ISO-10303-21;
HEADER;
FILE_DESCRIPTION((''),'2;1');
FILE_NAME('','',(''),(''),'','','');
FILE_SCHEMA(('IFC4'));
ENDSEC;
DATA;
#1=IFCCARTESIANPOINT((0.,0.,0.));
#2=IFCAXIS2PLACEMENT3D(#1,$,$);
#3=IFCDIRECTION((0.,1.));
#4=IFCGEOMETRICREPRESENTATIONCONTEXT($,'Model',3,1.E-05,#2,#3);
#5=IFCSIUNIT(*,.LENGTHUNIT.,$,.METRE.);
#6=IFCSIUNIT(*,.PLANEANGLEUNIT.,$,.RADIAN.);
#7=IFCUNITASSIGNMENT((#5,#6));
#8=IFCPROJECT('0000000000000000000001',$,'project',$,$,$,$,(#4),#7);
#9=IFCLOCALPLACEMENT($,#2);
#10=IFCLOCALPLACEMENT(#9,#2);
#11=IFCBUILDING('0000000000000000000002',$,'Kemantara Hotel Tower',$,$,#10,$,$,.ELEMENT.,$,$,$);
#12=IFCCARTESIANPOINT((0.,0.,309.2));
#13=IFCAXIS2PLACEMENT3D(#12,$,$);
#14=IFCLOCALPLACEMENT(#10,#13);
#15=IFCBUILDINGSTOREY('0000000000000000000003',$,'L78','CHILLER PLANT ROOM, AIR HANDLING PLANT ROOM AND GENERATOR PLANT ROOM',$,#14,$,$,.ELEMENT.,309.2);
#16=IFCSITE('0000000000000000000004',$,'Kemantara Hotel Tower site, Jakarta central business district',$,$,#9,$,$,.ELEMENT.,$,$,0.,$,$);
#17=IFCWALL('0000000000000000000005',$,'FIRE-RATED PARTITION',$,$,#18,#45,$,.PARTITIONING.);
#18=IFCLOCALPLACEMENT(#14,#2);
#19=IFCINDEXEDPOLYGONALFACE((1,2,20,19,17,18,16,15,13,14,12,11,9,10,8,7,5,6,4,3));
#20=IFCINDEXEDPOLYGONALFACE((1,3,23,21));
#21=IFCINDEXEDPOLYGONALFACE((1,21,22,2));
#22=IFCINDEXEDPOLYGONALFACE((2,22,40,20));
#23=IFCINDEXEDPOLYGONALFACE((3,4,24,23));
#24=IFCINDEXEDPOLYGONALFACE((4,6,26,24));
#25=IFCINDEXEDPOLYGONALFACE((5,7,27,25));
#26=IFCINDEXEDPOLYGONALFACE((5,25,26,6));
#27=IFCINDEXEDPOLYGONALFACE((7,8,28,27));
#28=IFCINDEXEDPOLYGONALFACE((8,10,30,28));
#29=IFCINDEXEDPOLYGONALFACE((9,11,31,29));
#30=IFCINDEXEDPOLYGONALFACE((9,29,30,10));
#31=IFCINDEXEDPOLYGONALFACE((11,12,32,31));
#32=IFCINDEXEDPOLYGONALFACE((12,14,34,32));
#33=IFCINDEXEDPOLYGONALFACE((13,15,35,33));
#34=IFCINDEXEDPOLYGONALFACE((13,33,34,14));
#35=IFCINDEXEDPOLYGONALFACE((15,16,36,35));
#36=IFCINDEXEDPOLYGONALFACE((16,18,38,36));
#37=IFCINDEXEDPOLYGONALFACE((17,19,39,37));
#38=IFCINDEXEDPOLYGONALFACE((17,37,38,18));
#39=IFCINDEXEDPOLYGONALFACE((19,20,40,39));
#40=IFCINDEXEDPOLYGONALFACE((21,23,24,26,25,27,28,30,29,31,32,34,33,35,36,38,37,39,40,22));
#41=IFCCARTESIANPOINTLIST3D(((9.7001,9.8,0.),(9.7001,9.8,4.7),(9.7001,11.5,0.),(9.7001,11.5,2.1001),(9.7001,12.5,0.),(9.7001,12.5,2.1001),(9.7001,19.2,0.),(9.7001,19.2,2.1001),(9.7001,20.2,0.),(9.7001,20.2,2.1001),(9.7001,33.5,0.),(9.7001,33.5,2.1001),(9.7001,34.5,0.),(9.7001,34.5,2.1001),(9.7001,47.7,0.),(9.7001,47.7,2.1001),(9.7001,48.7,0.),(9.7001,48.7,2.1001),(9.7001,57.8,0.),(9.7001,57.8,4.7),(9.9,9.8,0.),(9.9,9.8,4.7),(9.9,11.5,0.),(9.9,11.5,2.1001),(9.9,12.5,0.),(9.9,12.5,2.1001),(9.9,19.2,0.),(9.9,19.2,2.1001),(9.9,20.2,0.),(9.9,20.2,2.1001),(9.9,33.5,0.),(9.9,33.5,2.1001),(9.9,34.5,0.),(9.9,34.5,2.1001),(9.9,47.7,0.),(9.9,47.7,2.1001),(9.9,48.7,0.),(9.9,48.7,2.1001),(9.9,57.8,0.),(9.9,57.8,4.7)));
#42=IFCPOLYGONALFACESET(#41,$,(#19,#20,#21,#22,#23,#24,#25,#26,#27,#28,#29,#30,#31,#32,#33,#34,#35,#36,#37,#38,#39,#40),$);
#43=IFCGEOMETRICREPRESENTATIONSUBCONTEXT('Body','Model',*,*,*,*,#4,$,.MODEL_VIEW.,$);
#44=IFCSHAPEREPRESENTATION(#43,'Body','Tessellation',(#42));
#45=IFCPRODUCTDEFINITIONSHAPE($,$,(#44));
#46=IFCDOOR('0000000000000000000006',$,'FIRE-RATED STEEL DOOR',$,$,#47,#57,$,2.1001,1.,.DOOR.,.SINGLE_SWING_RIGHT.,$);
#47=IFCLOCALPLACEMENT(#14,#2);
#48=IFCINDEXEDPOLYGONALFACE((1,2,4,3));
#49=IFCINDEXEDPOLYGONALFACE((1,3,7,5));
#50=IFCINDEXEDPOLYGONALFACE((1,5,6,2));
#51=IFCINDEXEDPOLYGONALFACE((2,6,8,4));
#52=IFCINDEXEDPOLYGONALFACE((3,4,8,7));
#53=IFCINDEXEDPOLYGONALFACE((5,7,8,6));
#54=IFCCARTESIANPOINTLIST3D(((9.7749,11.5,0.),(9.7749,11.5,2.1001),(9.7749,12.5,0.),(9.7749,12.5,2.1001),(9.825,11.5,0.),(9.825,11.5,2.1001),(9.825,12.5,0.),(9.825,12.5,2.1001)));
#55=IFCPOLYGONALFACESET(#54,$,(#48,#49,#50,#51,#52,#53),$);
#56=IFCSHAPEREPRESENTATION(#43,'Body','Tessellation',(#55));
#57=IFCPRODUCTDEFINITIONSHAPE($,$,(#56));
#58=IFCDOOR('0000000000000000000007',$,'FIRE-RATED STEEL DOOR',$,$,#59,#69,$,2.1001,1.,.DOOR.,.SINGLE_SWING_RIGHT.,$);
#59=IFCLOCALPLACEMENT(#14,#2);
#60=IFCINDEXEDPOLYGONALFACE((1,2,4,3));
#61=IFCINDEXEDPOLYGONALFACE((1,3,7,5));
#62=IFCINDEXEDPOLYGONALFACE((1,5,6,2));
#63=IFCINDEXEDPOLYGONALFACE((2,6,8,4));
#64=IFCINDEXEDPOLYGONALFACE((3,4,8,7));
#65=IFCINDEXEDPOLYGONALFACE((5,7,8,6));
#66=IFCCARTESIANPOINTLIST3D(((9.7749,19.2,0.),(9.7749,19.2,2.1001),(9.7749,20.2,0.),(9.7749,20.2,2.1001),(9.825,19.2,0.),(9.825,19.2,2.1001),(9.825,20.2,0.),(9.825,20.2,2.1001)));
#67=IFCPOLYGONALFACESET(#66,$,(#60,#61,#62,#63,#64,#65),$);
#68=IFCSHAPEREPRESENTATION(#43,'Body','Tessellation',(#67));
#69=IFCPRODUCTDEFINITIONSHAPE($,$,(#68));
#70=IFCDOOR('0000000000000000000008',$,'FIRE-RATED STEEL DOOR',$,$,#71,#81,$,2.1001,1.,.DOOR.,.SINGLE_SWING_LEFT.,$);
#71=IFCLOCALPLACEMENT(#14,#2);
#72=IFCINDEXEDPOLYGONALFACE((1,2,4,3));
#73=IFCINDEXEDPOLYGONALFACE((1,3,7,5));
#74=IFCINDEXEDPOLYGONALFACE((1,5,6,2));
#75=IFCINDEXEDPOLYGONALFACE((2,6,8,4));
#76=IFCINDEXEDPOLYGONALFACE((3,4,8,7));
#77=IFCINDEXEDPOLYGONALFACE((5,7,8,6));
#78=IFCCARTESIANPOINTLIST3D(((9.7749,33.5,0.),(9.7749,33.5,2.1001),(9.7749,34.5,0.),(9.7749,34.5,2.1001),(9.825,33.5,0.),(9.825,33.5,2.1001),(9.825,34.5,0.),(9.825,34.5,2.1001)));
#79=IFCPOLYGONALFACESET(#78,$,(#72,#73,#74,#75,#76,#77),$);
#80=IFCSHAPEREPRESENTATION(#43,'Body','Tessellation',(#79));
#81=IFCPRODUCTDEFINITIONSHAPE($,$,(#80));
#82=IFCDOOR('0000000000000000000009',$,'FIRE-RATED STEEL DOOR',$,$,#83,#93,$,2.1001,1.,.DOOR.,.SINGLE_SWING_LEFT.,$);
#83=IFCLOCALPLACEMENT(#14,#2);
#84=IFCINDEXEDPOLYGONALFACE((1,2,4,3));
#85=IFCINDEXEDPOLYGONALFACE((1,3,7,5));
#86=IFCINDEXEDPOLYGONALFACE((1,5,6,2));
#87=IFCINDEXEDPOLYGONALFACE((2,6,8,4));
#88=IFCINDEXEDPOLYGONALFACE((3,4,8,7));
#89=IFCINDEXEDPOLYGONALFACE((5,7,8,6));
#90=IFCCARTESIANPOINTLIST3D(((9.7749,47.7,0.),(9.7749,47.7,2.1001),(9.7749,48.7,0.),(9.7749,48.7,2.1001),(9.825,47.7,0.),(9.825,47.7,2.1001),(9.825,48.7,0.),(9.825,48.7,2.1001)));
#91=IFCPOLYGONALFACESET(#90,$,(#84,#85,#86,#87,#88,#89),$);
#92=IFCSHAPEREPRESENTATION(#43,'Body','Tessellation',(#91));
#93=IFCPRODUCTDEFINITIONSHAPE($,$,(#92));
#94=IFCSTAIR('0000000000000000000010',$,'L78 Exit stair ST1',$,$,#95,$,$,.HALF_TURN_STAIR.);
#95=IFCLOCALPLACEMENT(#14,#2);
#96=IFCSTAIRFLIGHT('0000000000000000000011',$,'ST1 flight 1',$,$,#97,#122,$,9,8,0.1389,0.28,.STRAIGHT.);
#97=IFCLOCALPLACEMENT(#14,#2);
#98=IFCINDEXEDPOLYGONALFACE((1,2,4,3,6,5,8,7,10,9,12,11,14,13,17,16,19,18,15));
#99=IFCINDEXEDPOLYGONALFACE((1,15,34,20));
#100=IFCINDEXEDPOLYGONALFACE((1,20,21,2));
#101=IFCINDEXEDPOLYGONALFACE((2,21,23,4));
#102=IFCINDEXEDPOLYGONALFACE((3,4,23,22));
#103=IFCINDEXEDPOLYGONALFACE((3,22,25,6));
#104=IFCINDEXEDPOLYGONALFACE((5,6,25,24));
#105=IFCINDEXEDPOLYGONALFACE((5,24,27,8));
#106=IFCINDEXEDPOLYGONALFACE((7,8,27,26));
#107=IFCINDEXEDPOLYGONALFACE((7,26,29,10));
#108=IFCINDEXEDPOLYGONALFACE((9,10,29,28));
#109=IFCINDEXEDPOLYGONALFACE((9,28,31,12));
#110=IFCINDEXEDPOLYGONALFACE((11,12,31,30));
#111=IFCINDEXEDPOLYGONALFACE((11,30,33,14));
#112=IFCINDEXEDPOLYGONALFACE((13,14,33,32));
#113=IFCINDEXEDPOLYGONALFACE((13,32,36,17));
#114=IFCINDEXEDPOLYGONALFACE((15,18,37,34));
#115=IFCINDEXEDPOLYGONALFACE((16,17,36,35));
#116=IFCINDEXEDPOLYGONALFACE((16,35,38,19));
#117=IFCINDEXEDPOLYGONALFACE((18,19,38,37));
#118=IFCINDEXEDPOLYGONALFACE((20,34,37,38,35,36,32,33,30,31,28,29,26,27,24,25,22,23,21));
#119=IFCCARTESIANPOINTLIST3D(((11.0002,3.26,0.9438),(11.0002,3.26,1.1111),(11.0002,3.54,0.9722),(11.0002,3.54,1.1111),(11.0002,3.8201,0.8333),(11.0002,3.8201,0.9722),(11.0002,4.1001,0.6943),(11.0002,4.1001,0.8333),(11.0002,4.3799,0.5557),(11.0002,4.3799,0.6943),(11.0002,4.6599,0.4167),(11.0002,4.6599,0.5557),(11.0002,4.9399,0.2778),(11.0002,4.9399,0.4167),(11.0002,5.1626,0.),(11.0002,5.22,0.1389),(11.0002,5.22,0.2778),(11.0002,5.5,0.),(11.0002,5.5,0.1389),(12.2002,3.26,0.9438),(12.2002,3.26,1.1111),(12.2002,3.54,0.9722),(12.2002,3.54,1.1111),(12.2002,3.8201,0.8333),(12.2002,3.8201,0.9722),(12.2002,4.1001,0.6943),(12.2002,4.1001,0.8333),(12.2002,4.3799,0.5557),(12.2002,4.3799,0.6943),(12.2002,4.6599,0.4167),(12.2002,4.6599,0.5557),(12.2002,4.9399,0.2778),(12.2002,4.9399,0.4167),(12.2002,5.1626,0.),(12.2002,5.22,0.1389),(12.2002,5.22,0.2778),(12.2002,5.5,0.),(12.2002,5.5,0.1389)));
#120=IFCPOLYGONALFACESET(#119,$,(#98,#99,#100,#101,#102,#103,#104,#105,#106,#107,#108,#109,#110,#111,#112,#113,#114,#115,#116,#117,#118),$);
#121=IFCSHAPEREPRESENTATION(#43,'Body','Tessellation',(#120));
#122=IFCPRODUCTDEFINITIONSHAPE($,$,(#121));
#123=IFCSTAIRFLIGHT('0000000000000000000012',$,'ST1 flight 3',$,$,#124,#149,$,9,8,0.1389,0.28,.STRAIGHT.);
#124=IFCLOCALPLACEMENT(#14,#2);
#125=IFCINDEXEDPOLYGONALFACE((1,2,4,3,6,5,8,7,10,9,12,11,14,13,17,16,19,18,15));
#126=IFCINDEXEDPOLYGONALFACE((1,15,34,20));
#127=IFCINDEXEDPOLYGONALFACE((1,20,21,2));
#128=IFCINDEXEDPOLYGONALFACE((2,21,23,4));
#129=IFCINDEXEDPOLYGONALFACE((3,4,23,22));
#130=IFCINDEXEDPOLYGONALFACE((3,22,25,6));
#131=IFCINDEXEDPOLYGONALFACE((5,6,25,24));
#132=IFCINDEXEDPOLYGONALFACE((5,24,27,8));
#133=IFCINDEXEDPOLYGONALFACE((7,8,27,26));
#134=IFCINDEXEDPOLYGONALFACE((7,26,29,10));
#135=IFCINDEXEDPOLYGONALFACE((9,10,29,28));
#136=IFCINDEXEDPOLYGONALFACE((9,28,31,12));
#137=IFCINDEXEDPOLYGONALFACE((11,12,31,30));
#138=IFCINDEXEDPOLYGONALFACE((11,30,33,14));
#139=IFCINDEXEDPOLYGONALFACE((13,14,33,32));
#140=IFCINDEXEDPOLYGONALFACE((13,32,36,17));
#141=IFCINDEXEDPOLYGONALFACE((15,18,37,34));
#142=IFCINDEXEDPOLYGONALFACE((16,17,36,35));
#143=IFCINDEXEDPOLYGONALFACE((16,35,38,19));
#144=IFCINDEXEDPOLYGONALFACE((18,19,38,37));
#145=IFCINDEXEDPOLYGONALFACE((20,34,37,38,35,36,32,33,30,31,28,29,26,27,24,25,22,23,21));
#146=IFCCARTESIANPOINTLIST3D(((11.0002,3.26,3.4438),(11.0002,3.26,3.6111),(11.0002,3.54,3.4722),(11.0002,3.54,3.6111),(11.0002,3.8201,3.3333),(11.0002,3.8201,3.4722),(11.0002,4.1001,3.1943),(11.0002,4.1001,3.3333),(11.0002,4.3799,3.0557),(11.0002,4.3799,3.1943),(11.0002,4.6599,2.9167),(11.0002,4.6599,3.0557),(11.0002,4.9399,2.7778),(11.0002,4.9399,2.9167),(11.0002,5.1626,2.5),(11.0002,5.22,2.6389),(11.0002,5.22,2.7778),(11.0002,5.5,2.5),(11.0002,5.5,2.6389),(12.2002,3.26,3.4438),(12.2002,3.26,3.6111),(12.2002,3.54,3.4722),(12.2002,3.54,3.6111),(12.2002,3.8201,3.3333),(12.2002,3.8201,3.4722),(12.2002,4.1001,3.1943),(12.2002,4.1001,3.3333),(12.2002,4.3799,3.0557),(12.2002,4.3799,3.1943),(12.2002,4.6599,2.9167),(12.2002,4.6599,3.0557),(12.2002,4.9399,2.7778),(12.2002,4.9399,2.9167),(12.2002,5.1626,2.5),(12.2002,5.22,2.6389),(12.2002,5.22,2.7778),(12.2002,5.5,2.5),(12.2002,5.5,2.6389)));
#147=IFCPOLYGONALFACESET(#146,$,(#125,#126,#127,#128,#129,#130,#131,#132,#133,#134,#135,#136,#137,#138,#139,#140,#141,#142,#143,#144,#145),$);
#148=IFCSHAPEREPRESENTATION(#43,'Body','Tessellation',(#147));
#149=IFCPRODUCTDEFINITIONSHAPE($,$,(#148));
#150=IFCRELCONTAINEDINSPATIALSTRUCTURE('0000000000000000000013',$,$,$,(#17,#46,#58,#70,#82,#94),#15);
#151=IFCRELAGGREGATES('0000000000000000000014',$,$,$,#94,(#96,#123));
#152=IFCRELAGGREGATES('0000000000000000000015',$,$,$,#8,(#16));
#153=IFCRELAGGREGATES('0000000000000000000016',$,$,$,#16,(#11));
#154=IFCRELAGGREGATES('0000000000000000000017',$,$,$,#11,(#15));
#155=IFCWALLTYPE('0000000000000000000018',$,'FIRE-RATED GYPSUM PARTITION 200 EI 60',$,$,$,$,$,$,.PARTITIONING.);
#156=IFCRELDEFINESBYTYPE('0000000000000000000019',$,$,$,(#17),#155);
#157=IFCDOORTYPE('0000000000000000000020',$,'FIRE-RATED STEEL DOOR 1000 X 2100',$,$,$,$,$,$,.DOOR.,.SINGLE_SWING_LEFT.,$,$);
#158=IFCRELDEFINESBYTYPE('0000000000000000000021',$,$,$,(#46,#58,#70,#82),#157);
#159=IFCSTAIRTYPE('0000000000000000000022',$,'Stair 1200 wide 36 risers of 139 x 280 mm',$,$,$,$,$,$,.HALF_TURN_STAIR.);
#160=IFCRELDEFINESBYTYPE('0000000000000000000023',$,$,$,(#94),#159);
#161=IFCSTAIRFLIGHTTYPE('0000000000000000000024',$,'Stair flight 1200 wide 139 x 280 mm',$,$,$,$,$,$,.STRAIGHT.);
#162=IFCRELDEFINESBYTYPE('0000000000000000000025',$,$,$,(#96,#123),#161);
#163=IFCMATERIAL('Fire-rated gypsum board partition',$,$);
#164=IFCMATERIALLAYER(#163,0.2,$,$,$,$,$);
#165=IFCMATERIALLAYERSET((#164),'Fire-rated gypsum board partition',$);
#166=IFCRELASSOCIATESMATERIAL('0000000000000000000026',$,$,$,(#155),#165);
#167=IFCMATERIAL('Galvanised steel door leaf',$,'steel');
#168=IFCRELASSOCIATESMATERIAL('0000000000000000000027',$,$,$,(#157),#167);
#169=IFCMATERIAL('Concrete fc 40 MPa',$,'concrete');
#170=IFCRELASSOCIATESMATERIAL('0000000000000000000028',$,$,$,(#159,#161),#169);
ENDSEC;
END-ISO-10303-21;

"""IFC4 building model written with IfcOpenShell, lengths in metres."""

from ifc_helpers import new_model, si_unit, direction, frame, frame_2d, origin, place, context, subcontext, project, spatial, polyline, rectangle, outline, extrude, material, layer, layer_set, type_object, element, fill, aggregate, save


model = new_model("IFC4")

# Units and contexts
model_context = context("Model", 3, precision=1e-05, world=origin(), true_north=direction((0.0, 1.0)))
body_context = subcontext(model_context, "Body", "Model", "MODEL_VIEW")
ifc_project = project(units=[si_unit("LENGTHUNIT", "METRE"), si_unit("PLANEANGLEUNIT", "RADIAN")], contexts=[model_context])

# Site, building, storey
site_placement = place(None, origin())
site = spatial("IfcSite", under=ifc_project, at=site_placement, Name="Kemantara Hotel Tower site, Jakarta central business district", CompositionType="ELEMENT", RefElevation=0.0)
building_placement = place(site_placement, origin())
building = spatial("IfcBuilding", under=site, at=building_placement, Name="Kemantara Hotel Tower", CompositionType="ELEMENT")
storey_placement = place(building_placement, frame((0.0, 0.0, 309.2)))
storey = spatial("IfcBuildingStorey", under=building, at=storey_placement, Name="L78", Description="CHILLER PLANT ROOM, AIR HANDLING PLANT ROOM AND GENERATOR PLANT ROOM", CompositionType="ELEMENT", Elevation=309.2)

# Wall, openings, doors
ifc_material_1 = material(Name="Fire-rated gypsum board partition")
ifc_layer_1 = layer(ifc_material_1, 0.2)
ifc_layer_set_1 = layer_set([ifc_layer_1], Name="Fire-rated gypsum board partition")
wall_type_1 = type_object("IfcWallType", Name="FIRE-RATED GYPSUM PARTITION 200 EI 60", PredefinedType="PARTITIONING", material=ifc_layer_set_1)
wall_1_placement = place(storey_placement, frame((9.8, 9.8, 0.0), z_axis=(0.0, 0.0, 1.0), x_axis=(0.0, 1.0, 0.0)))
wall_1 = element("IfcWall", 1, at=wall_1_placement, inside=storey, type_object=wall_type_1, Name="FIRE-RATED PARTITION", PredefinedType="PARTITIONING", context=body_context, shape_type="SweptSolid", body=[
    extrude(rectangle(XDim=48.0, YDim=0.2, at=frame_2d((24.0, 0.0))), origin(), (0.0, 0.0, 1.0), 4.7),
])
opening_1_placement = place(wall_1_placement, frame((1.7, 0.0, 0.0)))
opening_1 = element("IfcOpeningElement", 2, at=opening_1_placement, cuts=wall_1, PredefinedType="OPENING", context=body_context, shape_type="SweptSolid", body=[
    extrude(rectangle(XDim=1.0, YDim=2.1001, at=frame_2d((0.5, 1.05))), frame((0.0, 0.1099, 0.0), z_axis=(0.0, -1.0, 0.0), x_axis=(1.0, 0.0, 0.0)), (0.0, 0.0, 1.0), 0.22),
])
opening_2_placement = place(wall_1_placement, frame((9.3999, 0.0, 0.0)))
opening_2 = element("IfcOpeningElement", 3, at=opening_2_placement, cuts=wall_1, PredefinedType="OPENING", context=body_context, shape_type="SweptSolid", body=[
    extrude(rectangle(XDim=1.0, YDim=2.1001, at=frame_2d((0.5, 1.05))), frame((0.0, 0.1099, 0.0), z_axis=(0.0, -1.0, 0.0), x_axis=(1.0, 0.0, 0.0)), (0.0, 0.0, 1.0), 0.22),
])
opening_3_placement = place(wall_1_placement, frame((23.7, 0.0, 0.0)))
opening_3 = element("IfcOpeningElement", 4, at=opening_3_placement, cuts=wall_1, PredefinedType="OPENING", context=body_context, shape_type="SweptSolid", body=[
    extrude(rectangle(XDim=1.0, YDim=2.1001, at=frame_2d((0.5, 1.05))), frame((0.0, 0.1099, 0.0), z_axis=(0.0, -1.0, 0.0), x_axis=(1.0, 0.0, 0.0)), (0.0, 0.0, 1.0), 0.22),
])
opening_4_placement = place(wall_1_placement, frame((37.8999, 0.0, 0.0)))
opening_4 = element("IfcOpeningElement", 5, at=opening_4_placement, cuts=wall_1, PredefinedType="OPENING", context=body_context, shape_type="SweptSolid", body=[
    extrude(rectangle(XDim=1.0, YDim=2.1001, at=frame_2d((0.5, 1.05))), frame((0.0, 0.1099, 0.0), z_axis=(0.0, -1.0, 0.0), x_axis=(1.0, 0.0, 0.0)), (0.0, 0.0, 1.0), 0.22),
])
ifc_material_2 = material(Name="Galvanised steel door leaf", Category="steel")
door_type_1 = type_object("IfcDoorType", Name="FIRE-RATED STEEL DOOR 1000 X 2100", OperationType="SINGLE_SWING_LEFT", PredefinedType="DOOR", material=ifc_material_2)
door_1_placement = place(opening_1_placement, frame((1.0, 0.0, 0.0), z_axis=(0.0, 0.0, 1.0), x_axis=(-1.0, 0.0, 0.0)))
door_1 = element("IfcDoor", 6, at=door_1_placement, inside=storey, type_object=door_type_1, Name="FIRE-RATED STEEL DOOR", OperationType="SINGLE_SWING_RIGHT", OverallHeight=2.1001, OverallWidth=1.0, PredefinedType="DOOR", context=body_context, shape_type="SweptSolid", body=[
    extrude(rectangle(XDim=1.0, YDim=2.1001, at=frame_2d((0.5, 1.05))), frame((0.0, 0.0249, 0.0), z_axis=(0.0, -1.0, 0.0), x_axis=(1.0, 0.0, 0.0)), (0.0, 0.0, 1.0), 0.05),
])
fill(opening_1, door_1)
door_2_placement = place(opening_2_placement, frame((1.0, 0.0, 0.0), z_axis=(0.0, 0.0, 1.0), x_axis=(-1.0, 0.0, 0.0)))
door_2 = element("IfcDoor", 7, at=door_2_placement, inside=storey, type_object=door_type_1, Name="FIRE-RATED STEEL DOOR", OperationType="SINGLE_SWING_RIGHT", OverallHeight=2.1001, OverallWidth=1.0, PredefinedType="DOOR", context=body_context, shape_type="SweptSolid", body=[
    extrude(rectangle(XDim=1.0, YDim=2.1001, at=frame_2d((0.5, 1.05))), frame((0.0, 0.0249, 0.0), z_axis=(0.0, -1.0, 0.0), x_axis=(1.0, 0.0, 0.0)), (0.0, 0.0, 1.0), 0.05),
])
fill(opening_2, door_2)
door_3_placement = place(opening_3_placement, frame((1.0, 0.0, 0.0), z_axis=(0.0, 0.0, 1.0), x_axis=(-1.0, 0.0, 0.0)))
door_3 = element("IfcDoor", 8, at=door_3_placement, inside=storey, type_object=door_type_1, Name="FIRE-RATED STEEL DOOR", OperationType="SINGLE_SWING_LEFT", OverallHeight=2.1001, OverallWidth=1.0, PredefinedType="DOOR", context=body_context, shape_type="SweptSolid", body=[
    extrude(rectangle(XDim=1.0, YDim=2.1001, at=frame_2d((0.5, 1.05))), frame((0.0, 0.0249, 0.0), z_axis=(0.0, -1.0, 0.0), x_axis=(1.0, 0.0, 0.0)), (0.0, 0.0, 1.0), 0.05),
])
fill(opening_3, door_3)
door_4_placement = place(opening_4_placement, frame((1.0, 0.0, 0.0), z_axis=(0.0, 0.0, 1.0), x_axis=(-1.0, 0.0, 0.0)))
door_4 = element("IfcDoor", 9, at=door_4_placement, inside=storey, type_object=door_type_1, Name="FIRE-RATED STEEL DOOR", OperationType="SINGLE_SWING_LEFT", OverallHeight=2.1001, OverallWidth=1.0, PredefinedType="DOOR", context=body_context, shape_type="SweptSolid", body=[
    extrude(rectangle(XDim=1.0, YDim=2.1001, at=frame_2d((0.5, 1.05))), frame((0.0, 0.0249, 0.0), z_axis=(0.0, -1.0, 0.0), x_axis=(1.0, 0.0, 0.0)), (0.0, 0.0, 1.0), 0.05),
])
fill(opening_4, door_4)

# Stair, stair flights
ifc_material_3 = material(Name="Concrete fc 40 MPa", Category="concrete")
stair_type = type_object("IfcStairType", Name="Stair 1200 wide 36 risers of 139 x 280 mm", PredefinedType="HALF_TURN_STAIR", material=ifc_material_3)
stair_placement = place(storey_placement, origin())
stair = element("IfcStair", 10, at=stair_placement, inside=storey, type_object=stair_type, Name="L78 Exit stair ST1", PredefinedType="HALF_TURN_STAIR")
stair_flight_type = type_object("IfcStairFlightType", Name="Stair flight 1200 wide 139 x 280 mm", PredefinedType="STRAIGHT", material=ifc_material_3)
stair_flight_1_placement = place(storey_placement, frame((11.6001, 5.5, 0.0), z_axis=(0.0, 0.0, 1.0), x_axis=(0.0, -1.0, 0.0)))
stair_flight_1 = element("IfcStairFlight", 11, at=stair_flight_1_placement, type_object=stair_flight_type, Name="ST1 flight 1", NumberOfRisers=9, NumberOfTreads=8, PredefinedType="STRAIGHT", RiserHeight=0.1389, TreadLength=0.28, context=body_context, shape_type="SweptSolid", body=[
    extrude(outline(polyline([(0.0, 0.0), (0.0, 0.1389), (0.28, 0.1389), (0.28, 0.2778), (0.5601, 0.2778), (0.5601, 0.4167), (0.8401, 0.4167), (0.8401, 0.5557), (1.1201, 0.5557), (1.1201, 0.6943), (1.3999, 0.6943), (1.3999, 0.8333), (1.6799, 0.8333), (1.6799, 0.9722), (1.96, 0.9722), (1.96, 1.1111), (2.24, 1.1111), (2.24, 1.25), (2.24, 0.9438), (0.3374, 0.0), (0.0, 0.0)])), frame((0.0, 0.6001, 0.0), z_axis=(0.0, -1.0, 0.0), x_axis=(1.0, 0.0, 0.0)), (0.0, 0.0, 1.0), 1.2),
])
stair_flight_2_placement = place(storey_placement, frame((11.6001, 5.5, 2.5), z_axis=(0.0, 0.0, 1.0), x_axis=(0.0, -1.0, 0.0)))
stair_flight_2 = element("IfcStairFlight", 12, at=stair_flight_2_placement, type_object=stair_flight_type, Name="ST1 flight 3", NumberOfRisers=9, NumberOfTreads=8, PredefinedType="STRAIGHT", RiserHeight=0.1389, TreadLength=0.28, context=body_context, shape_type="SweptSolid", body=[
    extrude(outline(polyline([(0.0, 0.0), (0.0, 0.1389), (0.28, 0.1389), (0.28, 0.2778), (0.5601, 0.2778), (0.5601, 0.4167), (0.8401, 0.4167), (0.8401, 0.5557), (1.1201, 0.5557), (1.1201, 0.6943), (1.3999, 0.6943), (1.3999, 0.8333), (1.6799, 0.8333), (1.6799, 0.9722), (1.96, 0.9722), (1.96, 1.1111), (2.24, 1.1111), (2.24, 1.25), (2.24, 0.9438), (0.3374, 0.0), (0.0, 0.0)])), frame((0.0, 0.6001, 0.0), z_axis=(0.0, -1.0, 0.0), x_axis=(1.0, 0.0, 0.0)), (0.0, 0.0, 1.0), 1.2),
])
aggregate(stair, [stair_flight_1, stair_flight_2])

save(model, "model.ifc")
